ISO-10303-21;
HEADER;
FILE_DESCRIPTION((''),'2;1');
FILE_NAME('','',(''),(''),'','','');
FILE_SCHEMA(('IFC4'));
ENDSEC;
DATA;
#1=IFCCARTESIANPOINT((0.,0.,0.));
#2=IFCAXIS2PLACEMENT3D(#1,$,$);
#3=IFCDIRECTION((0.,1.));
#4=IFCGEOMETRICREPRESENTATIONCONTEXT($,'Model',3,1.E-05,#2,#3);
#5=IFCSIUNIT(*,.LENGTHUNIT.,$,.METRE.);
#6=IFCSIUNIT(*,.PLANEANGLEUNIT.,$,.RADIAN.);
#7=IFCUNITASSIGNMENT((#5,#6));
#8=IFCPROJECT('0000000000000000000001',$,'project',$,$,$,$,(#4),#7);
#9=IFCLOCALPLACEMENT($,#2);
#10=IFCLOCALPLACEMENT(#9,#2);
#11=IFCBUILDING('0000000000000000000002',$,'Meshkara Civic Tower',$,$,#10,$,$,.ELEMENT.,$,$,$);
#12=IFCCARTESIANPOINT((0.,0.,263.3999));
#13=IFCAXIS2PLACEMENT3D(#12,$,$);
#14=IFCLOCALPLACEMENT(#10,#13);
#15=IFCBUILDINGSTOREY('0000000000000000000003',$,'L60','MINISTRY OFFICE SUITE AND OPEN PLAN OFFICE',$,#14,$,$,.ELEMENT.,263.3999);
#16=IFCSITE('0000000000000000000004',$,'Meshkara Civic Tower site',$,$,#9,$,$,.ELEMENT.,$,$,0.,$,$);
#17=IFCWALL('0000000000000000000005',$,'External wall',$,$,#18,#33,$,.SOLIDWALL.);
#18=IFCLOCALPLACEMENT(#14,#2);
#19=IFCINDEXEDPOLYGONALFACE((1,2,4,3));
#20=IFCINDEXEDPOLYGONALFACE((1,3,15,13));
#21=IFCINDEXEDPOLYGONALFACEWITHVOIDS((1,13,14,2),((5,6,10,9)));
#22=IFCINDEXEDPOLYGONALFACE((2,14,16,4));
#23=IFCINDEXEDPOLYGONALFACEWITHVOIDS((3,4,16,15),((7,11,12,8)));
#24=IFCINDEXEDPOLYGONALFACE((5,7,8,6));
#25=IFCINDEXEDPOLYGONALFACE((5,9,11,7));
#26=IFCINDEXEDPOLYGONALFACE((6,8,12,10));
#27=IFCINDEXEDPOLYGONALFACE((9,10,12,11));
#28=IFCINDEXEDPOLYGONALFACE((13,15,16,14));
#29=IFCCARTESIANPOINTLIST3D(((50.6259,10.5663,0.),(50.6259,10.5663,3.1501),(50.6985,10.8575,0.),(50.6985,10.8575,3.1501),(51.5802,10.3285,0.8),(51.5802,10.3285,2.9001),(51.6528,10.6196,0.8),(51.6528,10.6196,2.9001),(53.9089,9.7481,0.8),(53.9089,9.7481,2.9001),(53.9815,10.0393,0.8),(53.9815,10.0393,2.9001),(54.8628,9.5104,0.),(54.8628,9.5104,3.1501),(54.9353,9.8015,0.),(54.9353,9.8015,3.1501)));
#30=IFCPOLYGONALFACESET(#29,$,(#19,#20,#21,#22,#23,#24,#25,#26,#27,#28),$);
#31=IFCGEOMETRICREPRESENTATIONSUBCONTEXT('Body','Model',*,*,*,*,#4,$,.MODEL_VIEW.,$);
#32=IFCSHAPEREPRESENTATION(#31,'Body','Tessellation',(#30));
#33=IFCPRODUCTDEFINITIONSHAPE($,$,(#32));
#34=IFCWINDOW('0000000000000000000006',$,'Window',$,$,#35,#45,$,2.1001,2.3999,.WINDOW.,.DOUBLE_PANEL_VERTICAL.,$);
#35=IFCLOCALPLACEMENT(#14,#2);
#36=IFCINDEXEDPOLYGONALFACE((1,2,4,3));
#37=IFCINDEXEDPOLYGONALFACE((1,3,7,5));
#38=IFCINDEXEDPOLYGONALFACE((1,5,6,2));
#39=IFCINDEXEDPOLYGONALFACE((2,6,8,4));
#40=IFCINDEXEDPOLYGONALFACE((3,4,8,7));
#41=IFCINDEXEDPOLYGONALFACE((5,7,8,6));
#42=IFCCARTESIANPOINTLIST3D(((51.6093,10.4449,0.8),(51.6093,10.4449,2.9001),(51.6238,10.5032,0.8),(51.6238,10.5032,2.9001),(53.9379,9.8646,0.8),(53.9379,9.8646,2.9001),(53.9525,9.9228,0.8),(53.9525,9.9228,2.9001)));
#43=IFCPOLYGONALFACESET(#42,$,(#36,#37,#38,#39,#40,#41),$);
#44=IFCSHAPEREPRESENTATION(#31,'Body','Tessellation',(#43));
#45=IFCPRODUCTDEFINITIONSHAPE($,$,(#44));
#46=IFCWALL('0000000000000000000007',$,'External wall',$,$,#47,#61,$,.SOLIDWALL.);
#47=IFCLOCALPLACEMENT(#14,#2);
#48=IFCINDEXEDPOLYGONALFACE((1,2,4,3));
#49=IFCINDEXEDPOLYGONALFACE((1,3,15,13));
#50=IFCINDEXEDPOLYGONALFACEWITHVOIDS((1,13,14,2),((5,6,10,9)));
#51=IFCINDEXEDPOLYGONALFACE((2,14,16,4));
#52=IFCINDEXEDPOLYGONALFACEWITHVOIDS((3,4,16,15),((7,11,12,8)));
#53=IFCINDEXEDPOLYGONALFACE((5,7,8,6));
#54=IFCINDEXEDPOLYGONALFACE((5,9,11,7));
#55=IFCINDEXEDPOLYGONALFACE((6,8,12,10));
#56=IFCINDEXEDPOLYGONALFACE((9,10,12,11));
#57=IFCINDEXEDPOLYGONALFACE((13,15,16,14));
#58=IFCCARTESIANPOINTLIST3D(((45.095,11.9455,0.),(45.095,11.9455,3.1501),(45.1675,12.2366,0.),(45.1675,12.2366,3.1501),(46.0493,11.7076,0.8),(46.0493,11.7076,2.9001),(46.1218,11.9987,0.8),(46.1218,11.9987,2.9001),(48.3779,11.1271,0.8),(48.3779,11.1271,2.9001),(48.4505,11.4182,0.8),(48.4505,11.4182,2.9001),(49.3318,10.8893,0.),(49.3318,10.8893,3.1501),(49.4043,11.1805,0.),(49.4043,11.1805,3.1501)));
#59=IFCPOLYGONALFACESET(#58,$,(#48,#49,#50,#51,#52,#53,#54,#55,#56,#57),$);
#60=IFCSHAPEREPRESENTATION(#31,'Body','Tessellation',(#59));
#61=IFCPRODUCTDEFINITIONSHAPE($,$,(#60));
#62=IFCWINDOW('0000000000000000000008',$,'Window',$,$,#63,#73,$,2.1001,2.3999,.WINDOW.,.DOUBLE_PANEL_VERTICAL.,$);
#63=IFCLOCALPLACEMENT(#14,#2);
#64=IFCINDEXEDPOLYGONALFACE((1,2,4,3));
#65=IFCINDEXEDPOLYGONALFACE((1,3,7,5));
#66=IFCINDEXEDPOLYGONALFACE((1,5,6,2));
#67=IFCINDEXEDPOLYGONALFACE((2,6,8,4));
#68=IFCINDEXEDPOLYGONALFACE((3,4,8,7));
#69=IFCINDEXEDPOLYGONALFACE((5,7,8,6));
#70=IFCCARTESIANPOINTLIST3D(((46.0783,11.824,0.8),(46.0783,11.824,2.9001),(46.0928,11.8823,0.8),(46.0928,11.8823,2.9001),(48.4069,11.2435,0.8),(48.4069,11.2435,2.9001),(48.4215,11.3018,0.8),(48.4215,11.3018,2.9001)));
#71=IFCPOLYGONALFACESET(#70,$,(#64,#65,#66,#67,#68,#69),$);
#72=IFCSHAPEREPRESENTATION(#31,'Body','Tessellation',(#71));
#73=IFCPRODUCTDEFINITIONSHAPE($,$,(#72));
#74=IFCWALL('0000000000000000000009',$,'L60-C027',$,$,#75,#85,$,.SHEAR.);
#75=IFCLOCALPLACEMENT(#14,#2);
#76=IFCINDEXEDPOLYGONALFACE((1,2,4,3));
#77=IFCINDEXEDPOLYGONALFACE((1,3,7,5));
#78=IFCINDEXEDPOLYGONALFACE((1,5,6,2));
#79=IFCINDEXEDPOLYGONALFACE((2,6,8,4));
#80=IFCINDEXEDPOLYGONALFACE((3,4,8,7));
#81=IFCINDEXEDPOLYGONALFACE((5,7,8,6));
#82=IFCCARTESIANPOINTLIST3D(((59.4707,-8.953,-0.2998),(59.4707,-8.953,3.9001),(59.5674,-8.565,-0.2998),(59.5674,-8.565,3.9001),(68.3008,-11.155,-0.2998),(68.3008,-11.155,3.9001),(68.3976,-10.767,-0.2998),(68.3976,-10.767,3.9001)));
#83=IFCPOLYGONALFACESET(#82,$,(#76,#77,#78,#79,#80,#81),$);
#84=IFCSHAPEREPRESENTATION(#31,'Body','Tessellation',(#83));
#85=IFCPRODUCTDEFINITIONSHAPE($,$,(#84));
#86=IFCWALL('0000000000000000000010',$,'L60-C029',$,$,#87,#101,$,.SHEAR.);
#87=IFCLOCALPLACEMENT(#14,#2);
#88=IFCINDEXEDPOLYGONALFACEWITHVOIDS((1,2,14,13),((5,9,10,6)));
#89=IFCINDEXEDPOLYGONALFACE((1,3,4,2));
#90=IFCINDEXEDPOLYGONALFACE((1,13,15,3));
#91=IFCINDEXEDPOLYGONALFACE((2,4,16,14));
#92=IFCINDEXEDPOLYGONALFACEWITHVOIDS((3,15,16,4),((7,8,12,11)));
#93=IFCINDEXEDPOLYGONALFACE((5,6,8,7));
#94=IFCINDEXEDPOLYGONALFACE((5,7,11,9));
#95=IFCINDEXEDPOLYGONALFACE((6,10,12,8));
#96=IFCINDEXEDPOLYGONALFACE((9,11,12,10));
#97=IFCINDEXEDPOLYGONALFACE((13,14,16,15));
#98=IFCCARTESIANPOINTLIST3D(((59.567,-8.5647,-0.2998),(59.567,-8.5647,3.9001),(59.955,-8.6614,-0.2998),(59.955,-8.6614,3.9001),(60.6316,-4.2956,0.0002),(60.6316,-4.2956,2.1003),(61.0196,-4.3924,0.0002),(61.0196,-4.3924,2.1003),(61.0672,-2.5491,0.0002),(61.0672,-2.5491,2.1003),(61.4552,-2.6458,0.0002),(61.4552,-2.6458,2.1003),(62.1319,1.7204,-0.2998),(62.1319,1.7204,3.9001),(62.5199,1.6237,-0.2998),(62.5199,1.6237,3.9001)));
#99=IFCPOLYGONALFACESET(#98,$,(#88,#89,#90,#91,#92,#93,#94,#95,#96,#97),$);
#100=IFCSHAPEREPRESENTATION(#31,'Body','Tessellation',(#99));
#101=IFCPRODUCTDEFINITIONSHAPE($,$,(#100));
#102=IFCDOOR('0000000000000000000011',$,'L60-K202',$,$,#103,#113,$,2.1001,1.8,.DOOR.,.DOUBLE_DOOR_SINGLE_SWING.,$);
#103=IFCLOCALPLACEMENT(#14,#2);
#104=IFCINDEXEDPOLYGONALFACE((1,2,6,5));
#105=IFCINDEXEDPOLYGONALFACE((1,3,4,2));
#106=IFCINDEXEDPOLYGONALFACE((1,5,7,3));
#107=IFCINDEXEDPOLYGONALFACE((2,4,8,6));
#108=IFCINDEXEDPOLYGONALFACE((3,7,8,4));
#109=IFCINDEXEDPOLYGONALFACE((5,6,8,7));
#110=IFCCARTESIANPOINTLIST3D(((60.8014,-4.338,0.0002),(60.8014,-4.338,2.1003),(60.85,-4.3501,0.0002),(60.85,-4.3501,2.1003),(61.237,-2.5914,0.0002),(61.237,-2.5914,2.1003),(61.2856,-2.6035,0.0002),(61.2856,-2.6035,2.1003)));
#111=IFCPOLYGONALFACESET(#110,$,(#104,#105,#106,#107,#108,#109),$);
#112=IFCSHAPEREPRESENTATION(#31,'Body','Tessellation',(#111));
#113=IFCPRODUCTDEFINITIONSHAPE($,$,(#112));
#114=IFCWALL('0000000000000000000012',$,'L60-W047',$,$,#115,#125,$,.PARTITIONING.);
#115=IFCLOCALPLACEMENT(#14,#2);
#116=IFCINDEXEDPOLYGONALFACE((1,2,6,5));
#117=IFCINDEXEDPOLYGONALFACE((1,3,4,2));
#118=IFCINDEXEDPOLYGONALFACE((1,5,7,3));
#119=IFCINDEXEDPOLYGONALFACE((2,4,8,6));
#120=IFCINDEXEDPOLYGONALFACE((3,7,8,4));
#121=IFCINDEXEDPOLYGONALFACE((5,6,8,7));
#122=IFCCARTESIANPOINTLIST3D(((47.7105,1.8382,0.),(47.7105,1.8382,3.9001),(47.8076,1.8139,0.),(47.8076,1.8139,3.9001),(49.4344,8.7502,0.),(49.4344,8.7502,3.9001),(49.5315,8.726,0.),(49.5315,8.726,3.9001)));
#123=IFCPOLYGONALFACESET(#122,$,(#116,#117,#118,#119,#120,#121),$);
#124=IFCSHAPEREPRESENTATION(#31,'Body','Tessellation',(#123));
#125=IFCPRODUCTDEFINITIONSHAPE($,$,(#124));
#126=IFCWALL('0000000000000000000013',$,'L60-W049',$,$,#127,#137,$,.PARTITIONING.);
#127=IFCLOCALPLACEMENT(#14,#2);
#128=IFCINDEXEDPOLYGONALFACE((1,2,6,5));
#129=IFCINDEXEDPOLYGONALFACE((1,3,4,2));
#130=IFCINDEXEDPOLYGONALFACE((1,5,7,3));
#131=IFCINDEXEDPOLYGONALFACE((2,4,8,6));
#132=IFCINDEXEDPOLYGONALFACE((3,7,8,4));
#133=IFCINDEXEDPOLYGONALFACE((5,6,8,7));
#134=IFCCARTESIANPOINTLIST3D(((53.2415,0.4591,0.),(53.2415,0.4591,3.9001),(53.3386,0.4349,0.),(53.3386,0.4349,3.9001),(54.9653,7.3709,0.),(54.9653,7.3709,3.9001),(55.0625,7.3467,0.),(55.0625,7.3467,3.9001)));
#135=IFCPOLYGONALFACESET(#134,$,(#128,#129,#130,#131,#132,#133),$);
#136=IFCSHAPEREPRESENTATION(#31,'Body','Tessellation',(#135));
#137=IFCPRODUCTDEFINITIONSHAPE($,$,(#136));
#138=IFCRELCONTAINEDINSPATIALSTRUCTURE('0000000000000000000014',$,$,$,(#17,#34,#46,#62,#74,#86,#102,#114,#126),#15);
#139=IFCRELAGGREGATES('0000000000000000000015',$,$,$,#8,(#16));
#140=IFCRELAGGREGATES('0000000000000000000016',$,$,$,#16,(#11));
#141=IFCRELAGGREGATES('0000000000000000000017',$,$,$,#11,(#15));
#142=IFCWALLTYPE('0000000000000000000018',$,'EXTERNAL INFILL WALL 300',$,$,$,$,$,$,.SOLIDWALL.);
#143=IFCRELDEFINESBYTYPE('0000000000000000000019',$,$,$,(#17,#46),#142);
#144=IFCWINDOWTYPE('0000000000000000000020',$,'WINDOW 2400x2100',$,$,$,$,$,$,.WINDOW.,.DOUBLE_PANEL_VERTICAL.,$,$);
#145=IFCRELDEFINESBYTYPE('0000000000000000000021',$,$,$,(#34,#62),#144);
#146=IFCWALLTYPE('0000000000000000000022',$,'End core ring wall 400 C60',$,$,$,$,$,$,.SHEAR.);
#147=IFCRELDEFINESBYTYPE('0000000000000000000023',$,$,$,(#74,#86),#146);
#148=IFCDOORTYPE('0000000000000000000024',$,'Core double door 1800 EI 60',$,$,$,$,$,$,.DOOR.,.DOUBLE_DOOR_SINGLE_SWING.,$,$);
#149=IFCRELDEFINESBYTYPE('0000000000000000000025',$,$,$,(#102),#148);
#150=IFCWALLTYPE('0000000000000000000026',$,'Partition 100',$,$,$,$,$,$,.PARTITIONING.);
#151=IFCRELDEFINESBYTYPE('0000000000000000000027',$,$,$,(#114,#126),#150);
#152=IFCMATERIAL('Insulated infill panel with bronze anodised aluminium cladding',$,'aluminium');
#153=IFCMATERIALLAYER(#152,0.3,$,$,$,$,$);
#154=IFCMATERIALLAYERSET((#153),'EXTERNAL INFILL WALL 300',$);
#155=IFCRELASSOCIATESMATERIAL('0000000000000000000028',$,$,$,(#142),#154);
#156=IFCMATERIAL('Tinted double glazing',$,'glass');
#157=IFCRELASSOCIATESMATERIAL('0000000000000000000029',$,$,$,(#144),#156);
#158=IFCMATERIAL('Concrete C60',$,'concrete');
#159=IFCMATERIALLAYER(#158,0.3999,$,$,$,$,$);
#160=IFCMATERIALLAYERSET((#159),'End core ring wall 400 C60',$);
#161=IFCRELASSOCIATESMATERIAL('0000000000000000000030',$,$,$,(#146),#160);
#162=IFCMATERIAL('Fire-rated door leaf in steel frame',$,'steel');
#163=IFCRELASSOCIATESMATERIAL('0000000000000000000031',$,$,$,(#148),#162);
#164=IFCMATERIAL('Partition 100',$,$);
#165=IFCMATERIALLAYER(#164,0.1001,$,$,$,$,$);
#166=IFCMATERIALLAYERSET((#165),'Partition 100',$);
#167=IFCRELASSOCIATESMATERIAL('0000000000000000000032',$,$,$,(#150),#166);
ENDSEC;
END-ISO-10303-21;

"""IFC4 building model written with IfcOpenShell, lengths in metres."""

from ifc_helpers import new_model, si_unit, direction, frame, frame_2d, origin, place, context, subcontext, project, spatial, rectangle, extrude, material, layer, layer_set, type_object, element, fill, save


model = new_model("IFC4")

# Units and contexts
model_context = context("Model", 3, precision=1e-05, world=origin(), true_north=direction((0.0, 1.0)))
body_context = subcontext(model_context, "Body", "Model", "MODEL_VIEW")
ifc_project = project(units=[si_unit("LENGTHUNIT", "METRE"), si_unit("PLANEANGLEUNIT", "RADIAN")], contexts=[model_context])

# Site, building, storey
site_placement = place(None, origin())
site = spatial("IfcSite", under=ifc_project, at=site_placement, Name="Meshkara Civic Tower site", CompositionType="ELEMENT", RefElevation=0.0)
building_placement = place(site_placement, origin())
building = spatial("IfcBuilding", under=site, at=building_placement, Name="Meshkara Civic Tower", CompositionType="ELEMENT")
storey_placement = place(building_placement, frame((0.0, 0.0, 263.3999)))
storey = spatial("IfcBuildingStorey", under=building, at=storey_placement, Name="L60", Description="MINISTRY OFFICE SUITE AND OPEN PLAN OFFICE", CompositionType="ELEMENT", Elevation=263.3999)

# Walls, openings, windows
ifc_material_1 = material(Name="Insulated infill panel with bronze anodised aluminium cladding", Category="aluminium")
ifc_layer_1 = layer(ifc_material_1, 0.3)
ifc_layer_set_1 = layer_set([ifc_layer_1], Name="EXTERNAL INFILL WALL 300")
wall_type_1 = type_object("IfcWallType", Name="EXTERNAL INFILL WALL 300", PredefinedType="SOLIDWALL", material=ifc_layer_set_1)
ifc_material_2 = material(Name="Tinted double glazing", Category="glass")
window_type = type_object("IfcWindowType", Name="WINDOW 2400x2100", PartitioningType="DOUBLE_PANEL_VERTICAL", PredefinedType="WINDOW", material=ifc_material_2)
wall_1_placement = place(storey_placement, frame((54.8989, 9.656, 0.0), z_axis=(0.0, 0.0, 1.0), x_axis=(-0.97032, 0.241825, 0.0)))
wall_1 = element("IfcWall", 1, at=wall_1_placement, inside=storey, type_object=wall_type_1, Name="External wall", PredefinedType="SOLIDWALL", context=body_context, shape_type="SweptSolid", body=[
    extrude(rectangle(XDim=4.3665, YDim=0.3, at=frame_2d((2.1831, 0.0))), origin(), (0.0, 0.0, 1.0), 3.1501),
])
opening_1_placement = place(wall_1_placement, frame((0.9829, 0.0, 0.8)))
opening_1 = element("IfcOpeningElement", 2, at=opening_1_placement, cuts=wall_1, PredefinedType="OPENING", context=body_context, shape_type="SweptSolid", body=[
    extrude(rectangle(XDim=2.3999, YDim=2.1001, at=frame_2d((1.2, 1.05))), frame((0.0, 0.1599, 0.0), z_axis=(0.0, -1.0, 0.0), x_axis=(1.0, 0.0, 0.0)), (0.0, 0.0, 1.0), 0.3201),
])
window_1_placement = place(opening_1_placement, origin())
window_1 = element("IfcWindow", 3, at=window_1_placement, inside=storey, type_object=window_type, Name="Window", OverallHeight=2.1001, OverallWidth=2.3999, PartitioningType="DOUBLE_PANEL_VERTICAL", PredefinedType="WINDOW", context=body_context, shape_type="SweptSolid", body=[
    extrude(rectangle(XDim=2.3999, YDim=2.1001, at=frame_2d((1.2, 1.05))), frame((0.0, 0.03, 0.0), z_axis=(0.0, -1.0, 0.0), x_axis=(1.0, 0.0, 0.0)), (0.0, 0.0, 1.0), 0.0601),
])
fill(opening_1, window_1)
wall_2_placement = place(storey_placement, frame((49.3679, 11.0349, 0.0), z_axis=(0.0, 0.0, 1.0), x_axis=(-0.970307, 0.241878, 0.0)))
wall_2 = element("IfcWall", 4, at=wall_2_placement, inside=storey, type_object=wall_type_1, Name="External wall", PredefinedType="SOLIDWALL", context=body_context, shape_type="SweptSolid", body=[
    extrude(rectangle(XDim=4.3665, YDim=0.3, at=frame_2d((2.1831, 0.0))), origin(), (0.0, 0.0, 1.0), 3.1501),
])
opening_2_placement = place(wall_2_placement, frame((0.9829, 0.0, 0.8)))
opening_2 = element("IfcOpeningElement", 5, at=opening_2_placement, cuts=wall_2, PredefinedType="OPENING", context=body_context, shape_type="SweptSolid", body=[
    extrude(rectangle(XDim=2.3999, YDim=2.1001, at=frame_2d((1.2, 1.05))), frame((0.0, 0.1599, 0.0), z_axis=(0.0, -1.0, 0.0), x_axis=(1.0, 0.0, 0.0)), (0.0, 0.0, 1.0), 0.3201),
])
window_2_placement = place(opening_2_placement, origin())
window_2 = element("IfcWindow", 6, at=window_2_placement, inside=storey, type_object=window_type, Name="Window", OverallHeight=2.1001, OverallWidth=2.3999, PartitioningType="DOUBLE_PANEL_VERTICAL", PredefinedType="WINDOW", context=body_context, shape_type="SweptSolid", body=[
    extrude(rectangle(XDim=2.3999, YDim=2.1001, at=frame_2d((1.2, 1.05))), frame((0.0, 0.03, 0.0), z_axis=(0.0, -1.0, 0.0), x_axis=(1.0, 0.0, 0.0)), (0.0, 0.0, 1.0), 0.0601),
])
fill(opening_2, window_2)

# Wall
ifc_material_3 = material(Name="Concrete C60", Category="concrete")
ifc_layer_2 = layer(ifc_material_3, 0.3999)
ifc_layer_set_2 = layer_set([ifc_layer_2], Name="End core ring wall 400 C60")
wall_type_2 = type_object("IfcWallType", Name="End core ring wall 400 C60", PredefinedType="SHEAR", material=ifc_layer_set_2)
wall_3_placement = place(storey_placement, frame((59.519, -8.759, -0.2998), z_axis=(0.0, 0.0, 1.0), x_axis=(0.970288, -0.241955, 0.0)))
element("IfcWall", 7, at=wall_3_placement, inside=storey, type_object=wall_type_2, Name="L60-C027", PredefinedType="SHEAR", context=body_context, shape_type="SweptSolid", body=[
    extrude(rectangle(XDim=9.1006, YDim=0.3999, at=frame_2d((4.5503, 0.0))), origin(), (0.0, 0.0, 1.0), 4.2),
])

# Wall, opening, door
wall_4_placement = place(storey_placement, frame((59.761, -8.613, -0.2998), z_axis=(0.0, 0.0, 1.0), x_axis=(0.241972, 0.970283, 0.0)))
wall_4 = element("IfcWall", 8, at=wall_4_placement, inside=storey, type_object=wall_type_2, Name="L60-C029", PredefinedType="SHEAR", context=body_context, shape_type="SweptSolid", body=[
    extrude(rectangle(XDim=10.6001, YDim=0.3999, at=frame_2d((5.3, 0.0))), origin(), (0.0, 0.0, 1.0), 4.2),
])
opening_3_placement = place(wall_4_placement, frame((4.3999, 0.0, 0.3)))
opening_3 = element("IfcOpeningElement", 9, at=opening_3_placement, cuts=wall_4, PredefinedType="OPENING", context=body_context, shape_type="SweptSolid", body=[
    extrude(rectangle(XDim=1.8, YDim=2.1001, at=frame_2d((0.8999, 1.05))), frame((0.0, 0.21, 0.0), z_axis=(0.0, -1.0, 0.0), x_axis=(1.0, 0.0, 0.0)), (0.0, 0.0, 1.0), 0.4199),
])
ifc_material_4 = material(Name="Fire-rated door leaf in steel frame", Category="steel")
door_type = type_object("IfcDoorType", Name="Core double door 1800 EI 60", OperationType="DOUBLE_DOOR_SINGLE_SWING", PredefinedType="DOOR", material=ifc_material_4)
door_placement = place(opening_3_placement, origin())
door = element("IfcDoor", 10, at=door_placement, inside=storey, type_object=door_type, Name="L60-K202", OperationType="DOUBLE_DOOR_SINGLE_SWING", OverallHeight=2.1001, OverallWidth=1.8, PredefinedType="DOOR", context=body_context, shape_type="SweptSolid", body=[
    extrude(rectangle(XDim=1.8, YDim=2.1001, at=frame_2d((0.8999, 1.05))), frame((0.0, 0.0249, 0.0), z_axis=(0.0, -1.0, 0.0), x_axis=(1.0, 0.0, 0.0)), (0.0, 0.0, 1.0), 0.05),
])
fill(opening_3, door)

# Walls
ifc_material_5 = material(Name="Partition 100")
ifc_layer_3 = layer(ifc_material_5, 0.1001)
ifc_layer_set_3 = layer_set([ifc_layer_3], Name="Partition 100")
wall_type_3 = type_object("IfcWallType", Name="Partition 100", PredefinedType="PARTITIONING", material=ifc_layer_set_3)
wall_5_placement = place(storey_placement, frame((47.759, 1.8259, 0.0), z_axis=(0.0, 0.0, 1.0), x_axis=(0.241987, 0.970279, 0.0)))
element("IfcWall", 11, at=wall_5_placement, inside=storey, type_object=wall_type_3, Name="L60-W047", PredefinedType="PARTITIONING", context=body_context, shape_type="SweptSolid", body=[
    extrude(rectangle(XDim=7.1238, YDim=0.1001, at=frame_2d((3.562, 0.0))), origin(), (0.0, 0.0, 1.0), 3.9001),
])
wall_6_placement = place(storey_placement, frame((53.29, 0.447, 0.0), z_axis=(0.0, 0.0, 1.0), x_axis=(0.241995, 0.970277, 0.0)))
element("IfcWall", 12, at=wall_6_placement, inside=storey, type_object=wall_type_3, Name="L60-W049", PredefinedType="PARTITIONING", context=body_context, shape_type="SweptSolid", body=[
    extrude(rectangle(XDim=7.1235, YDim=0.1001, at=frame_2d((3.5618, 0.0))), origin(), (0.0, 0.0, 1.0), 3.9001),
])

save(model, "model.ifc")
